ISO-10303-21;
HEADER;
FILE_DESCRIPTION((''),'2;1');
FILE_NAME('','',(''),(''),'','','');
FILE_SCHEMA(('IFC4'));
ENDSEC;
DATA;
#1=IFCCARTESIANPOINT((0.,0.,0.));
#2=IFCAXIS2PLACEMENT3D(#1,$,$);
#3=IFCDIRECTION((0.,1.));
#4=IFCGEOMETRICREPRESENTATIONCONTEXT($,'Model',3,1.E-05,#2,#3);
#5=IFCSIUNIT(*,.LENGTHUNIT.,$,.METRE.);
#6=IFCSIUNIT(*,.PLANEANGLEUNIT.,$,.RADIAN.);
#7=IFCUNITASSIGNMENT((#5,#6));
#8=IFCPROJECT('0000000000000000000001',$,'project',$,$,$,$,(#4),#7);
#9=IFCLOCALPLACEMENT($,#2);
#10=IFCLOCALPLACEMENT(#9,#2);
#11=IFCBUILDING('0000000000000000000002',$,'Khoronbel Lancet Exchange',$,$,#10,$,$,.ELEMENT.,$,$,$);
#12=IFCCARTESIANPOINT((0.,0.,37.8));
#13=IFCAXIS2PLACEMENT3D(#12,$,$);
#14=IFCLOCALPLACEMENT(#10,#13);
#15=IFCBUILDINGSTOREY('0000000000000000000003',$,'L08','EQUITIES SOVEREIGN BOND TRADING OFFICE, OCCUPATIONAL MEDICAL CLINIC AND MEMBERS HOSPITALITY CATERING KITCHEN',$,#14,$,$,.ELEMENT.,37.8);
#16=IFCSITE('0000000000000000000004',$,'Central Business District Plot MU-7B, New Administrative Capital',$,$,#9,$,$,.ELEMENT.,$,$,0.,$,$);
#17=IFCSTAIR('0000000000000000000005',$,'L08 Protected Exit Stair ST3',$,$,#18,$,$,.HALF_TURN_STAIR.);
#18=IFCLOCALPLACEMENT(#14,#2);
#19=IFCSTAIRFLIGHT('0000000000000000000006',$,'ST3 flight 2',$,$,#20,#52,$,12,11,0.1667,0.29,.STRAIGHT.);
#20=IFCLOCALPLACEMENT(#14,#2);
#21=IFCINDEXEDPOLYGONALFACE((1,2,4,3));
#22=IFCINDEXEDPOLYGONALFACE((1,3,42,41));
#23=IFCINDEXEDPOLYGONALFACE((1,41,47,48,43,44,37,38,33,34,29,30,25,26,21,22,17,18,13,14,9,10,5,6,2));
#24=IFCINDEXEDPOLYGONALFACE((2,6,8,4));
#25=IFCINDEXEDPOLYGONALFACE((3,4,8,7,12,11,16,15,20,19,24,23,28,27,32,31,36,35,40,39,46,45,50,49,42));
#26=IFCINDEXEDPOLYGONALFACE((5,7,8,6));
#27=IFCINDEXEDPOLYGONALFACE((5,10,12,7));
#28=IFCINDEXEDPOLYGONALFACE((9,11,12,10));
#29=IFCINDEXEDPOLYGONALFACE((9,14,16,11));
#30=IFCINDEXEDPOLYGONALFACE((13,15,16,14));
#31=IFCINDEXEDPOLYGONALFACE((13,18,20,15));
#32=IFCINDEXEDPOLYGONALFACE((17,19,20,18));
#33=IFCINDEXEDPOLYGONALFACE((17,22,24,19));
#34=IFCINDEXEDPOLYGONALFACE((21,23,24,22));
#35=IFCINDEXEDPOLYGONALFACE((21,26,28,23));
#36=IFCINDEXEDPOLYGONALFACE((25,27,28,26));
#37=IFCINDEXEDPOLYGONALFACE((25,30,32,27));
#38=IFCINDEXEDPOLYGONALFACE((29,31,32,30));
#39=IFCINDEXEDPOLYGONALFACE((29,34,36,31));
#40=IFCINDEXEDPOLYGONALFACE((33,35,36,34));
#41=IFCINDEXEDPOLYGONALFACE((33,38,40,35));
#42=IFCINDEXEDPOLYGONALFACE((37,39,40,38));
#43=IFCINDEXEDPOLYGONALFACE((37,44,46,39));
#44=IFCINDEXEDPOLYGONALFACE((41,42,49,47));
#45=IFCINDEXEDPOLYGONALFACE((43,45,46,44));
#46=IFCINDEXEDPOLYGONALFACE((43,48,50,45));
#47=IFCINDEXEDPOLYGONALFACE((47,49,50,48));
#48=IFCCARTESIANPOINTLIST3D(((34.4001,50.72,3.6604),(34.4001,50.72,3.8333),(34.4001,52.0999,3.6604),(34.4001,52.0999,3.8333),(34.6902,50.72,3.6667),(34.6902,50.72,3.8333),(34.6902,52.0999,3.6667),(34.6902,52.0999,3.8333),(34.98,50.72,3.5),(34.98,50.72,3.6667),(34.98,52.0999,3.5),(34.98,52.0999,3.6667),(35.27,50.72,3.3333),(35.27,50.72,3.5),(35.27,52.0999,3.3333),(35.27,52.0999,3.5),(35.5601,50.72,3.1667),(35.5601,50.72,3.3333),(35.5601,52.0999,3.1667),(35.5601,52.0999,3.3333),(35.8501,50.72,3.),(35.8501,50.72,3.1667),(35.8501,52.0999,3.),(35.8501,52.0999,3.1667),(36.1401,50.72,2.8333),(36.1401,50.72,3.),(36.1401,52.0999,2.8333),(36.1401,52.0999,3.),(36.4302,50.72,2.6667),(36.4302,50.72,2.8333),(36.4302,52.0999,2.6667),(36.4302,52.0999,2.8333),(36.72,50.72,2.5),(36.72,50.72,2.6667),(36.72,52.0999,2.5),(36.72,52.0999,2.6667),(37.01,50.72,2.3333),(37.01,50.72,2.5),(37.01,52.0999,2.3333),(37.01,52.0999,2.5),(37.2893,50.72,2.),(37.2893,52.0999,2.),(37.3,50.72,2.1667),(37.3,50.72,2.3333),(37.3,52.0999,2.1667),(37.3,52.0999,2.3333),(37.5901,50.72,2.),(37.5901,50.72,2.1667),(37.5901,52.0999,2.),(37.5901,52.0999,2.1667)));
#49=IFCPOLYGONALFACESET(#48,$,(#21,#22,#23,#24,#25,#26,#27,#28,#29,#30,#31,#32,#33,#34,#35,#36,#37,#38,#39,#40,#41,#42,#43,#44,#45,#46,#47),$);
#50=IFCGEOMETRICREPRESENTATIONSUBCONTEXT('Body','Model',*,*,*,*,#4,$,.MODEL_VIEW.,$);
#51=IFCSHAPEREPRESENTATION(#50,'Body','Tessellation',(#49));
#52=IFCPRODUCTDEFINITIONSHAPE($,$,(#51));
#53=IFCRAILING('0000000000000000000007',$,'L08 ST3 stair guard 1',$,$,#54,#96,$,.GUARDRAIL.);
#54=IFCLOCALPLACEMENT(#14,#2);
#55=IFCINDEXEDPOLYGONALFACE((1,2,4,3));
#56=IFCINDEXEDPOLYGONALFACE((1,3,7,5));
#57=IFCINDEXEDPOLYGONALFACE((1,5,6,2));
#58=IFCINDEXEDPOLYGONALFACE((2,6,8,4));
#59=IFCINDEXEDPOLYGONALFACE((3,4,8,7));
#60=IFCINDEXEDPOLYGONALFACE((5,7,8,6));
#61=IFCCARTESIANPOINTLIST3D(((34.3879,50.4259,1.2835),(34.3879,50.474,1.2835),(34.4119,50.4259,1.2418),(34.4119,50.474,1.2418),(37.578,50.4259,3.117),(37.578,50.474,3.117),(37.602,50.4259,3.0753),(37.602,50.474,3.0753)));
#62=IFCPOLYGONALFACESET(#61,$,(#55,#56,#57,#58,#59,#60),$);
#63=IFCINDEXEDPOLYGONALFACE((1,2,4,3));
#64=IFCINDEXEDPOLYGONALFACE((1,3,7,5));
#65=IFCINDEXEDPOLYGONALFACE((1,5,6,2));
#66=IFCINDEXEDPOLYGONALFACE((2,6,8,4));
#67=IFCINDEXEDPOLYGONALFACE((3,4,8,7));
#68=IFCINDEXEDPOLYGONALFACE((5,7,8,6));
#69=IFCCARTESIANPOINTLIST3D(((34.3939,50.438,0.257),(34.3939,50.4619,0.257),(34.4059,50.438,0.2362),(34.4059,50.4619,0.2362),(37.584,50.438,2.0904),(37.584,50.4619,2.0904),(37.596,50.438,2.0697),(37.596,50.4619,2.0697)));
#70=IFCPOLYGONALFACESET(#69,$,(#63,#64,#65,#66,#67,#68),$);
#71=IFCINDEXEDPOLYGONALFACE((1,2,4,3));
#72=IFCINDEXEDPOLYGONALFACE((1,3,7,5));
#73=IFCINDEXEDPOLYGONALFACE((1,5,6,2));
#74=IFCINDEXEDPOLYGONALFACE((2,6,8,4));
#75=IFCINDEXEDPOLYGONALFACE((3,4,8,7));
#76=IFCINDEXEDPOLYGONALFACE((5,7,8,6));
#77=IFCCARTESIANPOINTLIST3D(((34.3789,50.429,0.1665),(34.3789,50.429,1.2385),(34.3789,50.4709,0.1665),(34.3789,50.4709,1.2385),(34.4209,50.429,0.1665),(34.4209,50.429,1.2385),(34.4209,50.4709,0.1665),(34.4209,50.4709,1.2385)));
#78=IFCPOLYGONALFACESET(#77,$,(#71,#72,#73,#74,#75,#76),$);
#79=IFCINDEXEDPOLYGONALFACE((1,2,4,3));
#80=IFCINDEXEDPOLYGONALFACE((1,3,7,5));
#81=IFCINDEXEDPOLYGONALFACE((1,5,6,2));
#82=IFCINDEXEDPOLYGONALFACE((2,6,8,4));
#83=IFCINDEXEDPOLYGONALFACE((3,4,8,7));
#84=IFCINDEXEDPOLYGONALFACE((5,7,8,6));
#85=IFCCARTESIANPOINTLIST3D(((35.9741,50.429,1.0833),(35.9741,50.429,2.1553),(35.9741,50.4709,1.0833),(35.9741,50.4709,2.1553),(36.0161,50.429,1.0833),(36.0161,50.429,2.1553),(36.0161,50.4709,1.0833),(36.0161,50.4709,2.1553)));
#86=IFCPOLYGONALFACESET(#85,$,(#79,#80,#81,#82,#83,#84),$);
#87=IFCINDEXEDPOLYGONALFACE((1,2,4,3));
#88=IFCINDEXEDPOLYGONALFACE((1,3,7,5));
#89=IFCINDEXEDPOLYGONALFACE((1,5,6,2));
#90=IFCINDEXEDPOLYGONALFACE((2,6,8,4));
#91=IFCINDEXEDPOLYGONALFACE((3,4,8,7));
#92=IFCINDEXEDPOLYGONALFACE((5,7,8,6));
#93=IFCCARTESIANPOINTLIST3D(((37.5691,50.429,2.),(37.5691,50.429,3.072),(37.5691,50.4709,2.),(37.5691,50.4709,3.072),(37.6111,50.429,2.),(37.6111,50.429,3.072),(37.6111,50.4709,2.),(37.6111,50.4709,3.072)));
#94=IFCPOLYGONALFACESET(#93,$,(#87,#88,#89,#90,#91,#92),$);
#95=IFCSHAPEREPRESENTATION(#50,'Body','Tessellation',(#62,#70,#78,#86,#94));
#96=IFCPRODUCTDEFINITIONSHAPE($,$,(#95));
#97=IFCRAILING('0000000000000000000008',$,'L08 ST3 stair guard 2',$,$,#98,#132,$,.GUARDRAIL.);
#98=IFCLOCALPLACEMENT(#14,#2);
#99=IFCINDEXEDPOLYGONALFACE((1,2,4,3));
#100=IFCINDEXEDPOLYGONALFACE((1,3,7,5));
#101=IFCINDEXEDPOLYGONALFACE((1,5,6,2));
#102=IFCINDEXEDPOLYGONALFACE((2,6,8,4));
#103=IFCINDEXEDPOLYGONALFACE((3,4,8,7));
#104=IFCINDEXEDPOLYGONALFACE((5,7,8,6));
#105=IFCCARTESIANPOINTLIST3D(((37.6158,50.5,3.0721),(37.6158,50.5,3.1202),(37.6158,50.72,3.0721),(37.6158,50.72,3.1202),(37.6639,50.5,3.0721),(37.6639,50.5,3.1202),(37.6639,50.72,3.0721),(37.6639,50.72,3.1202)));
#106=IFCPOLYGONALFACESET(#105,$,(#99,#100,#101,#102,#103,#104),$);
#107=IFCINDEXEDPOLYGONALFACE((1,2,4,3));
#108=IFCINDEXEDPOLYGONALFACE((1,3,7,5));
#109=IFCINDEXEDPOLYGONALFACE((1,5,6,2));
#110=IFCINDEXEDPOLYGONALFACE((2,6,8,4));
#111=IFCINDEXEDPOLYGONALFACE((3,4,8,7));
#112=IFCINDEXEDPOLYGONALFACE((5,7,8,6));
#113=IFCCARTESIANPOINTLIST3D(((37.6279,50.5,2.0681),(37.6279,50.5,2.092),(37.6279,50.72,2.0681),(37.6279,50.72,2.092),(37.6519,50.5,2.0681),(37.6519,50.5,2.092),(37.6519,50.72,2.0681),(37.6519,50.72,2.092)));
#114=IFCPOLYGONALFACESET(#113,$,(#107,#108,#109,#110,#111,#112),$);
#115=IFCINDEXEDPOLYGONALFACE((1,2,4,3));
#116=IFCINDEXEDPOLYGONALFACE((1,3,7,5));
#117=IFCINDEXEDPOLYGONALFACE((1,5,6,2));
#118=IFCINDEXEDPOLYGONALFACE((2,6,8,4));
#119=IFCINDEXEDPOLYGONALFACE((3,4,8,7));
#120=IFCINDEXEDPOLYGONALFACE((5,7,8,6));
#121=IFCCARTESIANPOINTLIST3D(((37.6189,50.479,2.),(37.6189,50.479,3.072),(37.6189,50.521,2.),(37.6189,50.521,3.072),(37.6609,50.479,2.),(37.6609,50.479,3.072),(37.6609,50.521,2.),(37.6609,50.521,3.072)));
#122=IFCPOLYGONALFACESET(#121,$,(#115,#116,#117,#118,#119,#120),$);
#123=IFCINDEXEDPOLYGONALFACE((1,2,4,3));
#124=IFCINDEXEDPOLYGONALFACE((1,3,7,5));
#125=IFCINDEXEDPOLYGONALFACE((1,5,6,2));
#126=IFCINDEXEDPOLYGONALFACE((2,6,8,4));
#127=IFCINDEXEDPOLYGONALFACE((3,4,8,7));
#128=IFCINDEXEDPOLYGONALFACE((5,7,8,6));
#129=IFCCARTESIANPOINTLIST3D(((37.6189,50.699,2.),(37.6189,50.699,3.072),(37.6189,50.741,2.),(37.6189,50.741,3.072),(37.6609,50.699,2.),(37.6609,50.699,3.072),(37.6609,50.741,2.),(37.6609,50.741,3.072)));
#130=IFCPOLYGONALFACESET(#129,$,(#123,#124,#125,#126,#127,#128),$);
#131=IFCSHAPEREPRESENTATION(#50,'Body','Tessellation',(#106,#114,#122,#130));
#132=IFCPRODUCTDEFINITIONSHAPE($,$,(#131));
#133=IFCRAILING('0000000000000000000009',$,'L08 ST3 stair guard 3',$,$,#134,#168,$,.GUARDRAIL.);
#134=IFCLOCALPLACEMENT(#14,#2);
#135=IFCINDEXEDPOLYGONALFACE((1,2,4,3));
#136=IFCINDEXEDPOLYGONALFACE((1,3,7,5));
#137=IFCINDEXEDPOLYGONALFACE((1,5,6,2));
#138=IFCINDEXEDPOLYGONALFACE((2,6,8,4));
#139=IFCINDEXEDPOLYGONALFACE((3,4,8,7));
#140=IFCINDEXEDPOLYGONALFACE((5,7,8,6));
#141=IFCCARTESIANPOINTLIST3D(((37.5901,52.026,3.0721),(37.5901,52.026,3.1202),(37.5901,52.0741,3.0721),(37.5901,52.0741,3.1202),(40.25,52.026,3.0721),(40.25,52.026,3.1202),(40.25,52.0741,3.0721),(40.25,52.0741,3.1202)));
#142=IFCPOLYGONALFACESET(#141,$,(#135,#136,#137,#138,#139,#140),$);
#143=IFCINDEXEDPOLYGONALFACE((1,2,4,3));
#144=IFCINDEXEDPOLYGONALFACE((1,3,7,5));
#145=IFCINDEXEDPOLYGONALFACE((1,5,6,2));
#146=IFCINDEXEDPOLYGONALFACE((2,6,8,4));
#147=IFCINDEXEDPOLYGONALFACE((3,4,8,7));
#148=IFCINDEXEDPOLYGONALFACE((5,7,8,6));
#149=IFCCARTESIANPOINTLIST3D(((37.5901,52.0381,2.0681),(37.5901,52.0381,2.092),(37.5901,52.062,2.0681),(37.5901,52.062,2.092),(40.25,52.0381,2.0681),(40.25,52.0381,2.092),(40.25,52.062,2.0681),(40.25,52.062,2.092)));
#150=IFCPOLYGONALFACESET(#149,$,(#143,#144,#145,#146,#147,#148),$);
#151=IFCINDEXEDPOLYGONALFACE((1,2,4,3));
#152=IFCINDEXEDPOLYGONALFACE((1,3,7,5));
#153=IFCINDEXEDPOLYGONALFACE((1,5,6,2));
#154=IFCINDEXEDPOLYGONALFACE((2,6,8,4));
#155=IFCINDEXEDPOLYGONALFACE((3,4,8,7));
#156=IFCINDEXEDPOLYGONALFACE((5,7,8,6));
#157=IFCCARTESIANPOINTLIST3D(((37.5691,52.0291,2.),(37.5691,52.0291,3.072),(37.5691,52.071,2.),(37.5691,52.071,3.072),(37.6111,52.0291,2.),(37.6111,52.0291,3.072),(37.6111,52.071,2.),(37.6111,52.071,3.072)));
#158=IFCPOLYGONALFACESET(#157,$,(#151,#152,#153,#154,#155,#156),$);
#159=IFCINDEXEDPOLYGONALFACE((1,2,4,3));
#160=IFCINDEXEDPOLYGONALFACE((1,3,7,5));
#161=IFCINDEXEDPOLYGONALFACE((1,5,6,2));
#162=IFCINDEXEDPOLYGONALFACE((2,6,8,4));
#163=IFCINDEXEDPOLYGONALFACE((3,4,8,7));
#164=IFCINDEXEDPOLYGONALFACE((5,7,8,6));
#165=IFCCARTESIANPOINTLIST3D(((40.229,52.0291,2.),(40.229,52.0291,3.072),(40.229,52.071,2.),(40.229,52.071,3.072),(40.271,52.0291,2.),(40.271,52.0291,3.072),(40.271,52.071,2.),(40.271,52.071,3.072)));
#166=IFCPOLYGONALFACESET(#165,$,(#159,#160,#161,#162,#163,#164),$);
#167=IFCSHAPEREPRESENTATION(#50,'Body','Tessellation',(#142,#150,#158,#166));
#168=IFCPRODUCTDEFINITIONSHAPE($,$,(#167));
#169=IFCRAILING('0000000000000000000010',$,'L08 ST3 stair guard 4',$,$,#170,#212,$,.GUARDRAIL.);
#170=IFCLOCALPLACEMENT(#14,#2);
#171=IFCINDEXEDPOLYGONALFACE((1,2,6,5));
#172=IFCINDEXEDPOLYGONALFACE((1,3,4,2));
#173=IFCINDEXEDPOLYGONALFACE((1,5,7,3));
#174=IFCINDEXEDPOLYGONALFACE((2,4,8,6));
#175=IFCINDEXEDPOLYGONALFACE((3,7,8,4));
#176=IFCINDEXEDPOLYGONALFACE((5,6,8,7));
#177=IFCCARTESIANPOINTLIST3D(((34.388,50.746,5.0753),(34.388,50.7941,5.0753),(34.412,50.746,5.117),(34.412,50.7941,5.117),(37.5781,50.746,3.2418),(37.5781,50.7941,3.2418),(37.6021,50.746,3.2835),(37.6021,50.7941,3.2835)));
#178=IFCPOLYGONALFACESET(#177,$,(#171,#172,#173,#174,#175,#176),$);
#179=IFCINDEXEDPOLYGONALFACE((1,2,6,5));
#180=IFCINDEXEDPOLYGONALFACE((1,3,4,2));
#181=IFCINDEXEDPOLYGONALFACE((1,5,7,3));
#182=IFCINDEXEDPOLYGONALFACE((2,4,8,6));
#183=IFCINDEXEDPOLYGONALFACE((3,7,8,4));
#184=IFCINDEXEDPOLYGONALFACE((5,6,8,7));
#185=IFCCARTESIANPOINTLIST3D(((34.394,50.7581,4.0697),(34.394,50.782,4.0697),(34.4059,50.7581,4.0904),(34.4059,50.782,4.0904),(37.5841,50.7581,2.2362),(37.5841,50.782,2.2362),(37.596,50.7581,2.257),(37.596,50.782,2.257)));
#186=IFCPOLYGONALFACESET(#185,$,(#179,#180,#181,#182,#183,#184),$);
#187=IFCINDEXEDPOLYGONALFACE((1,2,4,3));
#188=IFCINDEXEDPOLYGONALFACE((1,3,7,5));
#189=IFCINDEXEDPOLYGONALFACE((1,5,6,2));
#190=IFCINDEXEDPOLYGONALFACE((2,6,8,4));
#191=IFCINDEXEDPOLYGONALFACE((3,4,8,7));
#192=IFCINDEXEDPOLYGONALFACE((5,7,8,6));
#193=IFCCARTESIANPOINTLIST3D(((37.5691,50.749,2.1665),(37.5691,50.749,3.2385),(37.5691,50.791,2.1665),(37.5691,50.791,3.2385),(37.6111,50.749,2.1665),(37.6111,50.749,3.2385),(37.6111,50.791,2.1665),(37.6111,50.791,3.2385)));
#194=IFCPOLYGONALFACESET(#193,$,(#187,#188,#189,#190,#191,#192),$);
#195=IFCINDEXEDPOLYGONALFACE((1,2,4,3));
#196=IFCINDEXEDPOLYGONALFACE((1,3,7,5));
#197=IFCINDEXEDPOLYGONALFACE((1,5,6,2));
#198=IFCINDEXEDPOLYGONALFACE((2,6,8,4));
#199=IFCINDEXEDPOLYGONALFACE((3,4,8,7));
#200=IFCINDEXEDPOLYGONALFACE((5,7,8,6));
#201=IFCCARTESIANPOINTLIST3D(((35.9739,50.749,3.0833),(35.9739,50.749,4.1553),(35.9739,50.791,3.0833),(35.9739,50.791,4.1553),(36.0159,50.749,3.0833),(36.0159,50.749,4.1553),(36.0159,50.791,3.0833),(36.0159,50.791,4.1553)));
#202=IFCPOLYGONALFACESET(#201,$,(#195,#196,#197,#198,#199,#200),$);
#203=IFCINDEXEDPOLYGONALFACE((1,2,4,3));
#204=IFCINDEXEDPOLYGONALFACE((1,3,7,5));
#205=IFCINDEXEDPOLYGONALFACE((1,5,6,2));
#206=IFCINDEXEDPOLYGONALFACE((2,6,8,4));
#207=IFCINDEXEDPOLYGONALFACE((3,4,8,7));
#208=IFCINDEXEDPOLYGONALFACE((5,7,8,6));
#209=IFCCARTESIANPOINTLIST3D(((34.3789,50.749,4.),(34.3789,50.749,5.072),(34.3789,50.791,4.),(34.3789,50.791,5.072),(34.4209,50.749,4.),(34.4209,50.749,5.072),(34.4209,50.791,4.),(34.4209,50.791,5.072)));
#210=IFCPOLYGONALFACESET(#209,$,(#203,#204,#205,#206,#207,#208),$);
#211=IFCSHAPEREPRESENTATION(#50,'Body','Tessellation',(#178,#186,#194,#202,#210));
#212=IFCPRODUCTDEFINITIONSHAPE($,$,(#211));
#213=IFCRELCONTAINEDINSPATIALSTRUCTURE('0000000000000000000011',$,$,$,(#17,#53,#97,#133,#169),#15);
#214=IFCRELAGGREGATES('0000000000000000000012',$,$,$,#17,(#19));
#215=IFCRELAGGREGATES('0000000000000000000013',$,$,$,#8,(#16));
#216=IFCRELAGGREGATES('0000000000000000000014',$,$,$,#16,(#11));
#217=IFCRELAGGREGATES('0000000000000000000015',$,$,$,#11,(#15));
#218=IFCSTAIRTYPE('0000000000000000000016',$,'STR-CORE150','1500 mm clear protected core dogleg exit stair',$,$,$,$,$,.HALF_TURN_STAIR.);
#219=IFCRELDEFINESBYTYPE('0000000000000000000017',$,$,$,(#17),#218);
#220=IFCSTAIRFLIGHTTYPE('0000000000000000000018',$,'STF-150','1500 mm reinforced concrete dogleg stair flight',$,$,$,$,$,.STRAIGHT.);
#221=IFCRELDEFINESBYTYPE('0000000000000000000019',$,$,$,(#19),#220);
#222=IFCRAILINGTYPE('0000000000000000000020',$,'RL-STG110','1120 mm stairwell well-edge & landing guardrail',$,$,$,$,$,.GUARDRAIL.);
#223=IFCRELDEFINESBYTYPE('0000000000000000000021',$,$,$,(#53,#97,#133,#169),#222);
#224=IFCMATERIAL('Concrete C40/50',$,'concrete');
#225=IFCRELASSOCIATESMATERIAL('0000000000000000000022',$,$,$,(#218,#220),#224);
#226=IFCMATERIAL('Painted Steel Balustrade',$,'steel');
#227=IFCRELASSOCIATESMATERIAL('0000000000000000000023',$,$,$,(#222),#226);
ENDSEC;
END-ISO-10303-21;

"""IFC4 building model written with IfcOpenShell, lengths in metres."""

from ifc_helpers import new_model, si_unit, direction, frame, origin, origin_2d, place, context, subcontext, project, spatial, polyline, rectangle, outline, extrude, material, type_object, element, aggregate, save


model = new_model("IFC4")

# Units and contexts
model_context = context("Model", 3, precision=1e-05, world=origin(), true_north=direction((0.0, 1.0)))
body_context = subcontext(model_context, "Body", "Model", "MODEL_VIEW")
ifc_project = project(units=[si_unit("LENGTHUNIT", "METRE"), si_unit("PLANEANGLEUNIT", "RADIAN")], contexts=[model_context])

# Site, building, storey
site_placement = place(None, origin())
site = spatial("IfcSite", under=ifc_project, at=site_placement, Name="Central Business District Plot MU-7B, New Administrative Capital", CompositionType="ELEMENT", RefElevation=0.0)
building_placement = place(site_placement, origin())
building = spatial("IfcBuilding", under=site, at=building_placement, Name="Khoronbel Lancet Exchange", CompositionType="ELEMENT")
storey_placement = place(building_placement, frame((0.0, 0.0, 37.8)))
storey = spatial("IfcBuildingStorey", under=building, at=storey_placement, Name="L08", Description="EQUITIES SOVEREIGN BOND TRADING OFFICE, OCCUPATIONAL MEDICAL CLINIC AND MEMBERS HOSPITALITY CATERING KITCHEN", CompositionType="ELEMENT", Elevation=37.8)

# Stair, stair flight
ifc_material_1 = material(Name="Concrete C40/50", Category="concrete")
stair_type = type_object("IfcStairType", Name="STR-CORE150", Description="1500 mm clear protected core dogleg exit stair", PredefinedType="HALF_TURN_STAIR", material=ifc_material_1)
stair_placement = place(storey_placement, origin())
stair = element("IfcStair", 1, at=stair_placement, inside=storey, type_object=stair_type, Name="L08 Protected Exit Stair ST3", PredefinedType="HALF_TURN_STAIR")
stair_flight_type = type_object("IfcStairFlightType", Name="STF-150", Description="1500 mm reinforced concrete dogleg stair flight", PredefinedType="STRAIGHT", material=ifc_material_1)
stair_flight_1_placement = place(storey_placement, frame((37.5901, 51.4099, 2.0), z_axis=(0.0, 0.0, 1.0), x_axis=(-1.0, 0.0, 0.0)))
stair_flight_1 = element("IfcStairFlight", 2, at=stair_flight_1_placement, type_object=stair_flight_type, Name="ST3 flight 2", NumberOfRisers=12, NumberOfTreads=11, PredefinedType="STRAIGHT", RiserHeight=0.1667, TreadLength=0.29, context=body_context, shape_type="SweptSolid", body=[
    extrude(outline(polyline([(0.0, 0.0), (0.0, 0.1667), (0.29, 0.1667), (0.29, 0.3333), (0.5801, 0.3333), (0.5801, 0.5), (0.8701, 0.5), (0.8701, 0.6667), (1.1599, 0.6667), (1.1599, 0.8333), (1.45, 0.8333), (1.45, 1.0), (1.74, 1.0), (1.74, 1.1667), (2.03, 1.1667), (2.03, 1.3333), (2.3201, 1.3333), (2.3201, 1.5), (2.6101, 1.5), (2.6101, 1.6667), (2.8999, 1.6667), (2.8999, 1.8333), (3.1899, 1.8333), (3.1899, 2.0), (3.1899, 1.6604), (0.3008, 0.0), (0.0, 0.0)])), frame((0.0, 0.6899, 0.0), z_axis=(0.0, -1.0, 0.0), x_axis=(1.0, 0.0, 0.0)), (0.0, 0.0, 1.0), 1.3799),
])
aggregate(stair, [stair_flight_1])

# Railings
ifc_material_2 = material(Name="Painted Steel Balustrade", Category="steel")
railing_type_1 = type_object("IfcRailingType", Name="RL-STG110", Description="1120 mm stairwell well-edge & landing guardrail", PredefinedType="GUARDRAIL", material=ifc_material_2)
railing_1_placement = place(storey_placement, frame((34.3999, 50.45, 0.1665)))
element("IfcRailing", 3, at=railing_1_placement, inside=storey, type_object=railing_type_1, Name="L08 ST3 stair guard 1", PredefinedType="GUARDRAIL", context=body_context, shape_type="SweptSolid", body=[
    extrude(rectangle(XDim=0.0481, YDim=0.0481, at=origin_2d()), frame((0.0, 0.0, 1.0962), z_axis=(0.867007, 0.0, 0.498295), x_axis=(0.0, 1.0, 0.0)), (0.0, 0.0, 1.0), 3.6794),
    extrude(rectangle(XDim=0.0239, YDim=0.0239, at=origin_2d()), frame((0.0, 0.0, 0.0801), z_axis=(0.867007, 0.0, 0.498295), x_axis=(0.0, 1.0, 0.0)), (0.0, 0.0, 1.0), 3.6794),
    extrude(rectangle(XDim=0.042, YDim=0.042, at=origin_2d()), origin(), (0.0, 0.0, 1.0), 1.072),
    extrude(rectangle(XDim=0.042, YDim=0.042, at=origin_2d()), frame((1.5952, 0.0, 0.9167)), (0.0, 0.0, 1.0), 1.072),
    extrude(rectangle(XDim=0.042, YDim=0.042, at=origin_2d()), frame((3.1902, 0.0, 1.8335)), (0.0, 0.0, 1.0), 1.072),
])
railing_2_placement = place(storey_placement, frame((37.6399, 50.5, 2.0)))
element("IfcRailing", 4, at=railing_2_placement, inside=storey, type_object=railing_type_1, Name="L08 ST3 stair guard 2", PredefinedType="GUARDRAIL", context=body_context, shape_type="SweptSolid", body=[
    extrude(rectangle(XDim=0.0481, YDim=0.0481, at=origin_2d()), frame((0.0, 0.0, 1.0962), z_axis=(0.0, 1.0, 0.0), x_axis=(-1.0, 0.0, 0.0)), (0.0, 0.0, 1.0), 0.22),
    extrude(rectangle(XDim=0.0239, YDim=0.0239, at=origin_2d()), frame((0.0, 0.0, 0.0801), z_axis=(0.0, 1.0, 0.0), x_axis=(-1.0, 0.0, 0.0)), (0.0, 0.0, 1.0), 0.22),
    extrude(rectangle(XDim=0.042, YDim=0.042, at=origin_2d()), origin(), (0.0, 0.0, 1.0), 1.072),
    extrude(rectangle(XDim=0.042, YDim=0.042, at=origin_2d()), frame((0.0, 0.22, 0.0)), (0.0, 0.0, 1.0), 1.072),
])
railing_3_placement = place(storey_placement, frame((37.5901, 52.05, 2.0)))
element("IfcRailing", 5, at=railing_3_placement, inside=storey, type_object=railing_type_1, Name="L08 ST3 stair guard 3", PredefinedType="GUARDRAIL", context=body_context, shape_type="SweptSolid", body=[
    extrude(rectangle(XDim=0.0481, YDim=0.0481, at=origin_2d()), frame((0.0, 0.0, 1.0962), z_axis=(1.0, 0.0, 0.0), x_axis=(0.0, 1.0, 0.0)), (0.0, 0.0, 1.0), 2.6599),
    extrude(rectangle(XDim=0.0239, YDim=0.0239, at=origin_2d()), frame((0.0, 0.0, 0.0801), z_axis=(1.0, 0.0, 0.0), x_axis=(0.0, 1.0, 0.0)), (0.0, 0.0, 1.0), 2.6599),
    extrude(rectangle(XDim=0.042, YDim=0.042, at=origin_2d()), origin(), (0.0, 0.0, 1.0), 1.072),
    extrude(rectangle(XDim=0.042, YDim=0.042, at=origin_2d()), frame((2.6599, 0.0, 0.0)), (0.0, 0.0, 1.0), 1.072),
])
railing_4_placement = place(storey_placement, frame((37.5901, 50.77, 2.1665)))
element("IfcRailing", 6, at=railing_4_placement, inside=storey, type_object=railing_type_1, Name="L08 ST3 stair guard 4", PredefinedType="GUARDRAIL", context=body_context, shape_type="SweptSolid", body=[
    extrude(rectangle(XDim=0.0481, YDim=0.0481, at=origin_2d()), frame((0.0, 0.0, 1.0962), z_axis=(-0.867007, 0.0, 0.498295), x_axis=(0.0, -1.0, 0.0)), (0.0, 0.0, 1.0), 3.6794),
    extrude(rectangle(XDim=0.0239, YDim=0.0239, at=origin_2d()), frame((0.0, 0.0, 0.0801), z_axis=(-0.867007, 0.0, 0.498295), x_axis=(0.0, -1.0, 0.0)), (0.0, 0.0, 1.0), 3.6794),
    extrude(rectangle(XDim=0.042, YDim=0.042, at=origin_2d()), origin(), (0.0, 0.0, 1.0), 1.072),
    extrude(rectangle(XDim=0.042, YDim=0.042, at=origin_2d()), frame((-1.5952, 0.0, 0.9167)), (0.0, 0.0, 1.0), 1.072),
    extrude(rectangle(XDim=0.042, YDim=0.042, at=origin_2d()), frame((-3.1902, 0.0, 1.8335)), (0.0, 0.0, 1.0), 1.072),
])

save(model, "model.ifc")
